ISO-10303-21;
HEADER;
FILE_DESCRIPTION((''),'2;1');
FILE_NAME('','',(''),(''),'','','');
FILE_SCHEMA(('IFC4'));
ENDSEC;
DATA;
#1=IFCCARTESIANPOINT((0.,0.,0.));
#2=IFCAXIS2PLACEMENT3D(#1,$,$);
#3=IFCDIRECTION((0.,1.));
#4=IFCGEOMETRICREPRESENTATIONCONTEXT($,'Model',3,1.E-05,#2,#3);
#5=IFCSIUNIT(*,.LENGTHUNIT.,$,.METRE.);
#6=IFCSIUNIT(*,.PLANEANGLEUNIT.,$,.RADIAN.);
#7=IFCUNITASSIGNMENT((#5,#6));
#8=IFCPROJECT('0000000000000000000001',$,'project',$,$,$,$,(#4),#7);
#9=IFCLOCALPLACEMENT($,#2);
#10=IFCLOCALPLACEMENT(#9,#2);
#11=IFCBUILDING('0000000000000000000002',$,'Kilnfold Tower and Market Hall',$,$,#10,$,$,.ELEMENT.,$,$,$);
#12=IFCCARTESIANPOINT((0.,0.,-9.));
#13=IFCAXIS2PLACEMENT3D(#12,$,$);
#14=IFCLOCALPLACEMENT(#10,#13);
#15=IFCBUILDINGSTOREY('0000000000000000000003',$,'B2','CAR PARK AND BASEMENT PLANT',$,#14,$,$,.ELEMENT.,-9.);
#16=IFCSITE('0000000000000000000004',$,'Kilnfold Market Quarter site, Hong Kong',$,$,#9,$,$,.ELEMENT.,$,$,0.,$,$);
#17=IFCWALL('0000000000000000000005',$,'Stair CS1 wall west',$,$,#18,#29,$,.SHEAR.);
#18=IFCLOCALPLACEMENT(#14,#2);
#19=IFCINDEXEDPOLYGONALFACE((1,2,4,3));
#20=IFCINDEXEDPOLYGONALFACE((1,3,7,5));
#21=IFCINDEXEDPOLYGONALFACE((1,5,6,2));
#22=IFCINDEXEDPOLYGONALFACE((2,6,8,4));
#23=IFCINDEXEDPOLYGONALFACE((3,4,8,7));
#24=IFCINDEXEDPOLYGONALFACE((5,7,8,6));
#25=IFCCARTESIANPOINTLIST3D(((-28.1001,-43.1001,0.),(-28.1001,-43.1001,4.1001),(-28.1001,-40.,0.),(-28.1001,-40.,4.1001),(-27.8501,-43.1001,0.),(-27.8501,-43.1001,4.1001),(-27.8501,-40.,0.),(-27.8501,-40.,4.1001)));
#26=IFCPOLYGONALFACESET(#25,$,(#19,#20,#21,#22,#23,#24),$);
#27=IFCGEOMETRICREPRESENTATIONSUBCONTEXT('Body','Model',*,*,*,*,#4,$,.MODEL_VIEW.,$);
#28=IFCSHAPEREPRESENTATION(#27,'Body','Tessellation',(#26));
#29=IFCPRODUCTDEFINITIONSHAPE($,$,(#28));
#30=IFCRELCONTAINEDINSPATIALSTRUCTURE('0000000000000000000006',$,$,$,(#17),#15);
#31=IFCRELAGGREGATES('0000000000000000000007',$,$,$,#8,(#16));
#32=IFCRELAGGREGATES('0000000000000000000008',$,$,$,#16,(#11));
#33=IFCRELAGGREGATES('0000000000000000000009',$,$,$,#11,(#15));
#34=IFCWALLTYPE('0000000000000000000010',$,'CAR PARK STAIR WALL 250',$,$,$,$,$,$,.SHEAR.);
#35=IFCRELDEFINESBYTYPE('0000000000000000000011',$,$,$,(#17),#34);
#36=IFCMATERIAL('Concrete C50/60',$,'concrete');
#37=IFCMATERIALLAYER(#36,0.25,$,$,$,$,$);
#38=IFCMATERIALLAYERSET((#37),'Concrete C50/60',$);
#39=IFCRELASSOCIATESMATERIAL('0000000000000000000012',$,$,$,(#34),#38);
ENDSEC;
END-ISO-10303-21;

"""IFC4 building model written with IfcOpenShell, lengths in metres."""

from ifc_helpers import new_model, si_unit, direction, frame, frame_2d, origin, place, context, subcontext, project, spatial, rectangle, extrude, source, transform, mapped, material, layer, layer_set, type_object, element, save


model = new_model("IFC4")

# Units and contexts
model_context = context("Model", 3, precision=1e-05, world=origin(), true_north=direction((0.0, 1.0)))
body_context = subcontext(model_context, "Body", "Model", "MODEL_VIEW")
ifc_project = project(units=[si_unit("LENGTHUNIT", "METRE"), si_unit("PLANEANGLEUNIT", "RADIAN")], contexts=[model_context])

# Site, building, storey
site_placement = place(None, origin())
site = spatial("IfcSite", under=ifc_project, at=site_placement, Name="Kilnfold Market Quarter site, Hong Kong", CompositionType="ELEMENT", RefElevation=0.0)
building_placement = place(site_placement, origin())
building = spatial("IfcBuilding", under=site, at=building_placement, Name="Kilnfold Tower and Market Hall", CompositionType="ELEMENT")
storey_placement = place(building_placement, frame((0.0, 0.0, -9.0)))
storey = spatial("IfcBuildingStorey", under=building, at=storey_placement, Name="B2", Description="CAR PARK AND BASEMENT PLANT", CompositionType="ELEMENT", Elevation=-9.0)

# Shared definitions
ifc_material_1 = material(Name="Concrete C50/60", Category="concrete")
ifc_layer = layer(ifc_material_1, 0.25)
ifc_layer_set = layer_set([ifc_layer], Name="Concrete C50/60")
wall_type = type_object("IfcWallType", Name="CAR PARK STAIR WALL 250", PredefinedType="SHEAR", material=ifc_layer_set)

# Wall
shared_shape_1 = source(origin(), body_context, "Body", "SweptSolid", [
    extrude(rectangle(XDim=3.1001, YDim=0.25, at=frame_2d((1.55, 0.0))), origin(), (0.0, 0.0, 1.0), 4.1001),
])
wall_1_placement = place(storey_placement, frame((-27.9751, -43.1001, 0.0), z_axis=(0.0, 0.0, 1.0), x_axis=(0.0, 1.0, 0.0)))
element("IfcWall", 1, at=wall_1_placement, inside=storey, type_object=wall_type, Name="Stair CS1 wall west", PredefinedType="SHEAR", context=body_context, shape_type="MappedRepresentation", body=[
    mapped(shared_shape_1, transform((0.0, 0.0, 0.0))),
])

save(model, "model.ifc")
